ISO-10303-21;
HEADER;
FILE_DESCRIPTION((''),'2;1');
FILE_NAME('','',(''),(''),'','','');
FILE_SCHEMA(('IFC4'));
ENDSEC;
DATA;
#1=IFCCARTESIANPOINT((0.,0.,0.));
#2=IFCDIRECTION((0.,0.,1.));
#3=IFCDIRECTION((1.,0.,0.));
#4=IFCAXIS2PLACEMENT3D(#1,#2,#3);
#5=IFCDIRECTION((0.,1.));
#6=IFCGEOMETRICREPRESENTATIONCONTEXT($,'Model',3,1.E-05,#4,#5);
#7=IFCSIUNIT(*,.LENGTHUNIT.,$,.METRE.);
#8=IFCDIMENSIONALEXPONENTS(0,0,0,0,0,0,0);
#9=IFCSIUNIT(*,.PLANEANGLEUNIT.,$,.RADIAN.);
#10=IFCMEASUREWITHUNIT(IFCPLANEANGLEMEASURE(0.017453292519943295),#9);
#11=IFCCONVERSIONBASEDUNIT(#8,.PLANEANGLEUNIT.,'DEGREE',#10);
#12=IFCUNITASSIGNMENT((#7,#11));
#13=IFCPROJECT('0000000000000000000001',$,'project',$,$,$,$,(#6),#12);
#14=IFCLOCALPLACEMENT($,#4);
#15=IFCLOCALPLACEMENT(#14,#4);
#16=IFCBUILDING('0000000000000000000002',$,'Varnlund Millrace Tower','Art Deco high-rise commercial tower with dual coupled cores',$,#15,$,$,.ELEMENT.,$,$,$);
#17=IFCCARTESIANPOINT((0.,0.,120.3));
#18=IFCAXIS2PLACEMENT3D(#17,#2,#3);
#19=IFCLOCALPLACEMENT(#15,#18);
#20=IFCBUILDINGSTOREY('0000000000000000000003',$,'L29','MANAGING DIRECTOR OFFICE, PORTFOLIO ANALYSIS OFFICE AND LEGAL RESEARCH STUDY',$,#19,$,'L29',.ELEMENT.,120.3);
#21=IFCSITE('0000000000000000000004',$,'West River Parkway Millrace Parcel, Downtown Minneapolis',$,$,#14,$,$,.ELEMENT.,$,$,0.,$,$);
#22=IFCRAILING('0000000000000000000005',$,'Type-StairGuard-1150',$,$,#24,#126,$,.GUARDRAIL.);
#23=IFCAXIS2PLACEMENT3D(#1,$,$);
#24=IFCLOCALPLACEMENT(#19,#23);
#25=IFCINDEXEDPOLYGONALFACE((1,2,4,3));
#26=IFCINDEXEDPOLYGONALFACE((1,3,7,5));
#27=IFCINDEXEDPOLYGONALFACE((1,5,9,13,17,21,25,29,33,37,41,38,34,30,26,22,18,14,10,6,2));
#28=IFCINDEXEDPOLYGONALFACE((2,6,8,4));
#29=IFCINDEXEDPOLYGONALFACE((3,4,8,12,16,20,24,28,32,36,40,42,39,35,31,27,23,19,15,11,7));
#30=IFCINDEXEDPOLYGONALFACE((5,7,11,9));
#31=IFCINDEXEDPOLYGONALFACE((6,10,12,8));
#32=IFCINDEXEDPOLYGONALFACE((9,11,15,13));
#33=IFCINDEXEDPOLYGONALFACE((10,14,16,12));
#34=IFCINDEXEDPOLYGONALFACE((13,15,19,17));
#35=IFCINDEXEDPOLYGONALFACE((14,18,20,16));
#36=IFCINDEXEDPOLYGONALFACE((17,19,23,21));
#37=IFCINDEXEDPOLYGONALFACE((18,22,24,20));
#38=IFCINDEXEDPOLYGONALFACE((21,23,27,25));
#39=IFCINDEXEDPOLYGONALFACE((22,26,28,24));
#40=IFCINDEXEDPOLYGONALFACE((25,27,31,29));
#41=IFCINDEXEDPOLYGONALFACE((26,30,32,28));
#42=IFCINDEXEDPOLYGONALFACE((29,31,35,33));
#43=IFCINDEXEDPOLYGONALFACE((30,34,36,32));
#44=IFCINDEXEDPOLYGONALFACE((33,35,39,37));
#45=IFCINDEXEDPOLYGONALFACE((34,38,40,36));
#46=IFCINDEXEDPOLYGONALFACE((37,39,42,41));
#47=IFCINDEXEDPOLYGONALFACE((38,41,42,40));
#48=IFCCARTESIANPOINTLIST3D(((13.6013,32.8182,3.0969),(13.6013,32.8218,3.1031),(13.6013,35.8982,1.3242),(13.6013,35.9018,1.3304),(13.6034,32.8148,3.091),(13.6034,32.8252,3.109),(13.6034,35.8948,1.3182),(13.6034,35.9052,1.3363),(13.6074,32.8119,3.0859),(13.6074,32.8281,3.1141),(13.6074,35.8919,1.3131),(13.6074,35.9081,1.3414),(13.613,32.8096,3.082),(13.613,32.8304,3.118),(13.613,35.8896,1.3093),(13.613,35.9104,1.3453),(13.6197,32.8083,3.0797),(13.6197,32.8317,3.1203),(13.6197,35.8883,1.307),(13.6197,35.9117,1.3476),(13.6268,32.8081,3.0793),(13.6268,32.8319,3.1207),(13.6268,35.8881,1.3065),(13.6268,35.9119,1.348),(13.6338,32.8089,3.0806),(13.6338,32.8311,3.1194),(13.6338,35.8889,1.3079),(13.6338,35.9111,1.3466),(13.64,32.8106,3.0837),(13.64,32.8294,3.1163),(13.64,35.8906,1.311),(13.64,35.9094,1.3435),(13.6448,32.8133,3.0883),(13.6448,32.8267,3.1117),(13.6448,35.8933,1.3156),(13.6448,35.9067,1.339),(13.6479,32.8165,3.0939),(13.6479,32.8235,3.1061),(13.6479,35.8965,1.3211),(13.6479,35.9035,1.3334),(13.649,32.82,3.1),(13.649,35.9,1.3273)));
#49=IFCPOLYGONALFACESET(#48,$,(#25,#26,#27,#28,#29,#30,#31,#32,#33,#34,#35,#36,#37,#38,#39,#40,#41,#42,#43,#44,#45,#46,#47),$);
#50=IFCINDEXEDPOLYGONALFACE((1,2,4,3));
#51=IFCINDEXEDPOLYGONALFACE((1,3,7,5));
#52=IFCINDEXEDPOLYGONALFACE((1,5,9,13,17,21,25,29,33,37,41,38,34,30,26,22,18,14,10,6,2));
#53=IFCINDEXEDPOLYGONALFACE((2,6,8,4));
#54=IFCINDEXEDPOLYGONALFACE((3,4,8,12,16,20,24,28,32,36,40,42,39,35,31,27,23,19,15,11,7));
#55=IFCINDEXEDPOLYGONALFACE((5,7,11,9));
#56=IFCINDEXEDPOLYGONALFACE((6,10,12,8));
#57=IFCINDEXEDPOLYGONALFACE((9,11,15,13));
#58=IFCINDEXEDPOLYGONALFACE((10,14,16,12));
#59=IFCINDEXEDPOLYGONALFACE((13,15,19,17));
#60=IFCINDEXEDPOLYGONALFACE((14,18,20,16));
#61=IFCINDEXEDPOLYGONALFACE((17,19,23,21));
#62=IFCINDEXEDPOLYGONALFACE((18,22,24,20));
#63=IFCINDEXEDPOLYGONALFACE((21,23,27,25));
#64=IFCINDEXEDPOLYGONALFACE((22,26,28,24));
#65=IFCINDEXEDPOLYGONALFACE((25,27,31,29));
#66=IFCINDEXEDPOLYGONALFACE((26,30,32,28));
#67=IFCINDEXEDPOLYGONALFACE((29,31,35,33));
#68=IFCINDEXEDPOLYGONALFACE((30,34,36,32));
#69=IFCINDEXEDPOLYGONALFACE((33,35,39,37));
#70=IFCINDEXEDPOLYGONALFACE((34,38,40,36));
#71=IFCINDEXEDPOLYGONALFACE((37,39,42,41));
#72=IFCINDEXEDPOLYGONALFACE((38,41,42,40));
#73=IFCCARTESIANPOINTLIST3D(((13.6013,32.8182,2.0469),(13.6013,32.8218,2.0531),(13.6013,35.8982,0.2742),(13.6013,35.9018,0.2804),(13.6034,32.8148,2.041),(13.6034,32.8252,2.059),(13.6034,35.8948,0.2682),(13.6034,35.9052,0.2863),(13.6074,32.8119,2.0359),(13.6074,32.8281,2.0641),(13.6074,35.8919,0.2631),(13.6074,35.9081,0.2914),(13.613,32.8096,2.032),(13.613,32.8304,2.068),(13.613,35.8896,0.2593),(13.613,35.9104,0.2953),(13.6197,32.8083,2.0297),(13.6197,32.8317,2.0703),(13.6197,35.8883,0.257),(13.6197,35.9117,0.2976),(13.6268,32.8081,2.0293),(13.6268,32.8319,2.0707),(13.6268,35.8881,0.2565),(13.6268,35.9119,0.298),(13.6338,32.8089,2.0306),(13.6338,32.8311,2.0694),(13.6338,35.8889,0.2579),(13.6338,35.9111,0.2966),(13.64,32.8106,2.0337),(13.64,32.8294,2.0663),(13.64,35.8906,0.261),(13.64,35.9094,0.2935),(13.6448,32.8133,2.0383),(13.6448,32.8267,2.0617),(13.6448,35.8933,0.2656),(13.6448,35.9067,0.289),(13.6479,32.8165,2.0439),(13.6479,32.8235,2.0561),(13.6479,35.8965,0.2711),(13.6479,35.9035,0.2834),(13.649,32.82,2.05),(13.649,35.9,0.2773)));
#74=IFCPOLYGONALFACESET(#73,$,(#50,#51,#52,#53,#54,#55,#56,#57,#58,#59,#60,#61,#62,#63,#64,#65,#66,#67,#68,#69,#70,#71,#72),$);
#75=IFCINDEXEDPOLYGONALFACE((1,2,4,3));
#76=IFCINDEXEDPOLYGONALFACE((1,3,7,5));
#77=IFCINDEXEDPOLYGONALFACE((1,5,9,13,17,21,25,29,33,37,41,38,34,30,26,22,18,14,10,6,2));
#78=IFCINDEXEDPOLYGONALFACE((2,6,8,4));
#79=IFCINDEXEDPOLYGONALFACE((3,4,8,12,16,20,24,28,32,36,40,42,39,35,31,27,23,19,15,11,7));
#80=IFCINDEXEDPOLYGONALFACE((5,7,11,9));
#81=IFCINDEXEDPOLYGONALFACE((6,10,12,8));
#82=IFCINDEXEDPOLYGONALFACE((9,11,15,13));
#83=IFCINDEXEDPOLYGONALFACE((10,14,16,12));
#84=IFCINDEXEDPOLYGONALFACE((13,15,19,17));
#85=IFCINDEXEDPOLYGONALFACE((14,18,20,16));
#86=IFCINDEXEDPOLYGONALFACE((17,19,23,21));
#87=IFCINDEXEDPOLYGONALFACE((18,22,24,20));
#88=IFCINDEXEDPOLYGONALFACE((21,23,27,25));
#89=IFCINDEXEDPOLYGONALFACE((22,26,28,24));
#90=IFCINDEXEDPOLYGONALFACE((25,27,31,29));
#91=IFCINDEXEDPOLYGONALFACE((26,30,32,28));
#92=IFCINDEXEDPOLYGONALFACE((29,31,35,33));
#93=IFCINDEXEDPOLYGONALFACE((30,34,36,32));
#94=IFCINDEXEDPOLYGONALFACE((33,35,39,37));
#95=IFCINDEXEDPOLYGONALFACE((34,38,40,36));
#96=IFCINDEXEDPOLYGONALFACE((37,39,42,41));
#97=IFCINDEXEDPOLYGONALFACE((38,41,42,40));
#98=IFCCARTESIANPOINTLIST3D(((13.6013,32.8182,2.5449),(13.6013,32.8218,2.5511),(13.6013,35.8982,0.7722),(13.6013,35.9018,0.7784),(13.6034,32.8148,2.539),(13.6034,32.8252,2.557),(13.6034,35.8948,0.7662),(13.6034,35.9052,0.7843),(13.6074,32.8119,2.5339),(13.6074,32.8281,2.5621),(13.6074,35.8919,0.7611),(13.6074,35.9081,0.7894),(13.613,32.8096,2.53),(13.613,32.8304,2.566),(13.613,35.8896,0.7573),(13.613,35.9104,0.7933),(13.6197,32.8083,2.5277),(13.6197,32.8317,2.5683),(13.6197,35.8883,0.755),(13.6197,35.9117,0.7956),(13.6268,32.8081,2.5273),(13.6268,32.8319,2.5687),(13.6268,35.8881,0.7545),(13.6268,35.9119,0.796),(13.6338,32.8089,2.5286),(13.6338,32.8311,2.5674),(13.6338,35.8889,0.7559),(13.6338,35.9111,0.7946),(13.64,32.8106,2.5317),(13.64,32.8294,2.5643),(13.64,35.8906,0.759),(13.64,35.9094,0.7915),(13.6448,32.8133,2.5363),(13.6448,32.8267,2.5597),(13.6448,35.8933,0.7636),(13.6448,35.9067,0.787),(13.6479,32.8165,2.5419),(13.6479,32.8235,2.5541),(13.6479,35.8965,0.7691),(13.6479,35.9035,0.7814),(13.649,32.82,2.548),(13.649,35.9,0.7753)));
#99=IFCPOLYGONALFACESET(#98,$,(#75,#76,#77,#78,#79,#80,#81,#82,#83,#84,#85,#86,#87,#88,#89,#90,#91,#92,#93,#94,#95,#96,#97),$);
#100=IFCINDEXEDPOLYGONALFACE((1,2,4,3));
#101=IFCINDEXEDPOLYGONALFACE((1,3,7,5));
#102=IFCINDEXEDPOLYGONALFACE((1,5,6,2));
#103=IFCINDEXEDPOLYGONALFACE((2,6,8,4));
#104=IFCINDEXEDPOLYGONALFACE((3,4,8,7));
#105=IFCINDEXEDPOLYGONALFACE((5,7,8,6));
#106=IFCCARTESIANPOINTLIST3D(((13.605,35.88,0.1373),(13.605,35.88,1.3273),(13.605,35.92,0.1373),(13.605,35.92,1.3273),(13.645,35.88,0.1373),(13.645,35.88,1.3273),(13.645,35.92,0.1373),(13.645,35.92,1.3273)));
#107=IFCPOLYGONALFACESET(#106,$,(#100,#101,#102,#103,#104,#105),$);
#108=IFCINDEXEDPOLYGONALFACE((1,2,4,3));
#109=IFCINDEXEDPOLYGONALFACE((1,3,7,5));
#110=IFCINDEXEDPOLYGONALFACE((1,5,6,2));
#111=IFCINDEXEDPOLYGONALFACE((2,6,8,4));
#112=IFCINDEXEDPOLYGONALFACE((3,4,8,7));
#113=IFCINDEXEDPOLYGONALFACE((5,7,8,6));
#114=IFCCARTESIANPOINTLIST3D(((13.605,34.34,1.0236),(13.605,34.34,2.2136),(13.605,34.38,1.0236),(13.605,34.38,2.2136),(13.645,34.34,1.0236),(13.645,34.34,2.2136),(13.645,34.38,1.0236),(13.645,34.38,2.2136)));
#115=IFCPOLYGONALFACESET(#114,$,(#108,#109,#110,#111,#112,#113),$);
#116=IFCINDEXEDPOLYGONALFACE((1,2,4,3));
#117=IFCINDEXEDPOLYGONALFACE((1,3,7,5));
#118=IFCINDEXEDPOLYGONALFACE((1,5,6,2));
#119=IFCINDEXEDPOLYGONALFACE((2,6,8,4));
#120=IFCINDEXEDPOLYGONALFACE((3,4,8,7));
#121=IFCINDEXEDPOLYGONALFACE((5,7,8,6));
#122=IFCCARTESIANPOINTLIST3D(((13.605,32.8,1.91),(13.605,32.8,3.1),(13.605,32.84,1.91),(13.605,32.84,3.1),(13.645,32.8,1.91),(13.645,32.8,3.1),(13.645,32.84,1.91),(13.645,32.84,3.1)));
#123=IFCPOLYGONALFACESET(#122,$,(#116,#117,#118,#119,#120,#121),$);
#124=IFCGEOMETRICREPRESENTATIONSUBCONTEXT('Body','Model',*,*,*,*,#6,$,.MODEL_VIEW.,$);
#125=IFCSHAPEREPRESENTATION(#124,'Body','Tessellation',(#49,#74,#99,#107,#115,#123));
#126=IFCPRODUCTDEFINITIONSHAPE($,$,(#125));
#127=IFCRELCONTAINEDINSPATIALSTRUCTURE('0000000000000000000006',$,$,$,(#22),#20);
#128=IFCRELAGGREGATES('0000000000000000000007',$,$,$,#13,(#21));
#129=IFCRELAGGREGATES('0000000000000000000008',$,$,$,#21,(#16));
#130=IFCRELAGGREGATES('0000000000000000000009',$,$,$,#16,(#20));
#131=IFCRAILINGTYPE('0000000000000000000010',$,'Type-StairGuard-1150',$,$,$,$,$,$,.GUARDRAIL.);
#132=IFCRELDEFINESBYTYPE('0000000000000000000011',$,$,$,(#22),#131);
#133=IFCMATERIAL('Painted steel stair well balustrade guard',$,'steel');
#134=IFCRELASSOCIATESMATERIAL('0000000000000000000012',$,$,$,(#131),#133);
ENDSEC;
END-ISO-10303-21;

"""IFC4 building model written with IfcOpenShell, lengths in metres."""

from ifc_helpers import new_model, entity, si_unit, converted_unit, direction, frame, origin_with_axes, origin_2d_with_axis, place, context, subcontext, project, spatial, rectangle, circle, extrude, material, type_object, element, save


model = new_model("IFC4")

# Units and contexts
model_context = context("Model", 3, precision=1e-05, world=origin_with_axes(), true_north=direction((0.0, 1.0)))
body_context = subcontext(model_context, "Body", "Model", "MODEL_VIEW")
ifc_project = project(units=[si_unit("LENGTHUNIT", "METRE"), converted_unit("PLANEANGLEUNIT", "DEGREE", entity("IfcPlaneAngleMeasure", 0.017453292519943295), si_unit("PLANEANGLEUNIT", "RADIAN"), dimensions=[0, 0, 0, 0, 0, 0, 0])], contexts=[model_context])

# Site, building, storey
site_placement = place(None, origin_with_axes())
site = spatial("IfcSite", under=ifc_project, at=site_placement, Name="West River Parkway Millrace Parcel, Downtown Minneapolis", CompositionType="ELEMENT", RefElevation=0.0)
building_placement = place(site_placement, origin_with_axes())
building = spatial("IfcBuilding", under=site, at=building_placement, Name="Varnlund Millrace Tower", Description="Art Deco high-rise commercial tower with dual coupled cores", CompositionType="ELEMENT")
storey_placement = place(building_placement, frame((0.0, 0.0, 120.3), z_axis=(0.0, 0.0, 1.0), x_axis=(1.0, 0.0, 0.0)))
storey = spatial("IfcBuildingStorey", under=building, at=storey_placement, Name="L29", Description="MANAGING DIRECTOR OFFICE, PORTFOLIO ANALYSIS OFFICE AND LEGAL RESEARCH STUDY", LongName="L29", CompositionType="ELEMENT", Elevation=120.3)

# Railing
ifc_material_1 = material(Name="Painted steel stair well balustrade guard", Category="steel")
railing_type_1 = type_object("IfcRailingType", Name="Type-StairGuard-1150", PredefinedType="GUARDRAIL", material=ifc_material_1)
railing_1_placement = place(storey_placement, frame((0.0, 0.0, -120.3), z_axis=(0.0, 0.0, 1.0), x_axis=(1.0, 0.0, 0.0)))
element("IfcRailing", 1, at=railing_1_placement, inside=storey, type_object=railing_type_1, Name="Type-StairGuard-1150", PredefinedType="GUARDRAIL", context=body_context, shape_type="SweptSolid", body=[
    extrude(circle(Radius=0.024, at=origin_2d_with_axis()), frame((13.625, 35.9, 121.6273), z_axis=(0.0, -0.866696, 0.498836), x_axis=(1.0, 0.0, 0.0)), (0.0, 0.0, 1.0), 3.5537),
    extrude(circle(Radius=0.024, at=origin_2d_with_axis()), frame((13.625, 35.9, 120.5773), z_axis=(0.0, -0.866696, 0.498836), x_axis=(1.0, 0.0, 0.0)), (0.0, 0.0, 1.0), 3.5537),
    extrude(circle(Radius=0.024, at=origin_2d_with_axis()), frame((13.625, 35.9, 121.0753), z_axis=(0.0, -0.866696, 0.498836), x_axis=(1.0, 0.0, 0.0)), (0.0, 0.0, 1.0), 3.5537),
    extrude(rectangle(XDim=0.04, YDim=0.04, at=origin_2d_with_axis()), frame((13.625, 35.9, 120.4373), z_axis=(0.0, 0.0, 1.0), x_axis=(1.0, 0.0, 0.0)), (0.0, 0.0, 1.0), 1.19),
    extrude(rectangle(XDim=0.04, YDim=0.04, at=origin_2d_with_axis()), frame((13.625, 34.36, 121.3236), z_axis=(0.0, 0.0, 1.0), x_axis=(1.0, 0.0, 0.0)), (0.0, 0.0, 1.0), 1.19),
    extrude(rectangle(XDim=0.04, YDim=0.04, at=origin_2d_with_axis()), frame((13.625, 32.82, 122.21), z_axis=(0.0, 0.0, 1.0), x_axis=(1.0, 0.0, 0.0)), (0.0, 0.0, 1.0), 1.19),
])

save(model, "model.ifc")
